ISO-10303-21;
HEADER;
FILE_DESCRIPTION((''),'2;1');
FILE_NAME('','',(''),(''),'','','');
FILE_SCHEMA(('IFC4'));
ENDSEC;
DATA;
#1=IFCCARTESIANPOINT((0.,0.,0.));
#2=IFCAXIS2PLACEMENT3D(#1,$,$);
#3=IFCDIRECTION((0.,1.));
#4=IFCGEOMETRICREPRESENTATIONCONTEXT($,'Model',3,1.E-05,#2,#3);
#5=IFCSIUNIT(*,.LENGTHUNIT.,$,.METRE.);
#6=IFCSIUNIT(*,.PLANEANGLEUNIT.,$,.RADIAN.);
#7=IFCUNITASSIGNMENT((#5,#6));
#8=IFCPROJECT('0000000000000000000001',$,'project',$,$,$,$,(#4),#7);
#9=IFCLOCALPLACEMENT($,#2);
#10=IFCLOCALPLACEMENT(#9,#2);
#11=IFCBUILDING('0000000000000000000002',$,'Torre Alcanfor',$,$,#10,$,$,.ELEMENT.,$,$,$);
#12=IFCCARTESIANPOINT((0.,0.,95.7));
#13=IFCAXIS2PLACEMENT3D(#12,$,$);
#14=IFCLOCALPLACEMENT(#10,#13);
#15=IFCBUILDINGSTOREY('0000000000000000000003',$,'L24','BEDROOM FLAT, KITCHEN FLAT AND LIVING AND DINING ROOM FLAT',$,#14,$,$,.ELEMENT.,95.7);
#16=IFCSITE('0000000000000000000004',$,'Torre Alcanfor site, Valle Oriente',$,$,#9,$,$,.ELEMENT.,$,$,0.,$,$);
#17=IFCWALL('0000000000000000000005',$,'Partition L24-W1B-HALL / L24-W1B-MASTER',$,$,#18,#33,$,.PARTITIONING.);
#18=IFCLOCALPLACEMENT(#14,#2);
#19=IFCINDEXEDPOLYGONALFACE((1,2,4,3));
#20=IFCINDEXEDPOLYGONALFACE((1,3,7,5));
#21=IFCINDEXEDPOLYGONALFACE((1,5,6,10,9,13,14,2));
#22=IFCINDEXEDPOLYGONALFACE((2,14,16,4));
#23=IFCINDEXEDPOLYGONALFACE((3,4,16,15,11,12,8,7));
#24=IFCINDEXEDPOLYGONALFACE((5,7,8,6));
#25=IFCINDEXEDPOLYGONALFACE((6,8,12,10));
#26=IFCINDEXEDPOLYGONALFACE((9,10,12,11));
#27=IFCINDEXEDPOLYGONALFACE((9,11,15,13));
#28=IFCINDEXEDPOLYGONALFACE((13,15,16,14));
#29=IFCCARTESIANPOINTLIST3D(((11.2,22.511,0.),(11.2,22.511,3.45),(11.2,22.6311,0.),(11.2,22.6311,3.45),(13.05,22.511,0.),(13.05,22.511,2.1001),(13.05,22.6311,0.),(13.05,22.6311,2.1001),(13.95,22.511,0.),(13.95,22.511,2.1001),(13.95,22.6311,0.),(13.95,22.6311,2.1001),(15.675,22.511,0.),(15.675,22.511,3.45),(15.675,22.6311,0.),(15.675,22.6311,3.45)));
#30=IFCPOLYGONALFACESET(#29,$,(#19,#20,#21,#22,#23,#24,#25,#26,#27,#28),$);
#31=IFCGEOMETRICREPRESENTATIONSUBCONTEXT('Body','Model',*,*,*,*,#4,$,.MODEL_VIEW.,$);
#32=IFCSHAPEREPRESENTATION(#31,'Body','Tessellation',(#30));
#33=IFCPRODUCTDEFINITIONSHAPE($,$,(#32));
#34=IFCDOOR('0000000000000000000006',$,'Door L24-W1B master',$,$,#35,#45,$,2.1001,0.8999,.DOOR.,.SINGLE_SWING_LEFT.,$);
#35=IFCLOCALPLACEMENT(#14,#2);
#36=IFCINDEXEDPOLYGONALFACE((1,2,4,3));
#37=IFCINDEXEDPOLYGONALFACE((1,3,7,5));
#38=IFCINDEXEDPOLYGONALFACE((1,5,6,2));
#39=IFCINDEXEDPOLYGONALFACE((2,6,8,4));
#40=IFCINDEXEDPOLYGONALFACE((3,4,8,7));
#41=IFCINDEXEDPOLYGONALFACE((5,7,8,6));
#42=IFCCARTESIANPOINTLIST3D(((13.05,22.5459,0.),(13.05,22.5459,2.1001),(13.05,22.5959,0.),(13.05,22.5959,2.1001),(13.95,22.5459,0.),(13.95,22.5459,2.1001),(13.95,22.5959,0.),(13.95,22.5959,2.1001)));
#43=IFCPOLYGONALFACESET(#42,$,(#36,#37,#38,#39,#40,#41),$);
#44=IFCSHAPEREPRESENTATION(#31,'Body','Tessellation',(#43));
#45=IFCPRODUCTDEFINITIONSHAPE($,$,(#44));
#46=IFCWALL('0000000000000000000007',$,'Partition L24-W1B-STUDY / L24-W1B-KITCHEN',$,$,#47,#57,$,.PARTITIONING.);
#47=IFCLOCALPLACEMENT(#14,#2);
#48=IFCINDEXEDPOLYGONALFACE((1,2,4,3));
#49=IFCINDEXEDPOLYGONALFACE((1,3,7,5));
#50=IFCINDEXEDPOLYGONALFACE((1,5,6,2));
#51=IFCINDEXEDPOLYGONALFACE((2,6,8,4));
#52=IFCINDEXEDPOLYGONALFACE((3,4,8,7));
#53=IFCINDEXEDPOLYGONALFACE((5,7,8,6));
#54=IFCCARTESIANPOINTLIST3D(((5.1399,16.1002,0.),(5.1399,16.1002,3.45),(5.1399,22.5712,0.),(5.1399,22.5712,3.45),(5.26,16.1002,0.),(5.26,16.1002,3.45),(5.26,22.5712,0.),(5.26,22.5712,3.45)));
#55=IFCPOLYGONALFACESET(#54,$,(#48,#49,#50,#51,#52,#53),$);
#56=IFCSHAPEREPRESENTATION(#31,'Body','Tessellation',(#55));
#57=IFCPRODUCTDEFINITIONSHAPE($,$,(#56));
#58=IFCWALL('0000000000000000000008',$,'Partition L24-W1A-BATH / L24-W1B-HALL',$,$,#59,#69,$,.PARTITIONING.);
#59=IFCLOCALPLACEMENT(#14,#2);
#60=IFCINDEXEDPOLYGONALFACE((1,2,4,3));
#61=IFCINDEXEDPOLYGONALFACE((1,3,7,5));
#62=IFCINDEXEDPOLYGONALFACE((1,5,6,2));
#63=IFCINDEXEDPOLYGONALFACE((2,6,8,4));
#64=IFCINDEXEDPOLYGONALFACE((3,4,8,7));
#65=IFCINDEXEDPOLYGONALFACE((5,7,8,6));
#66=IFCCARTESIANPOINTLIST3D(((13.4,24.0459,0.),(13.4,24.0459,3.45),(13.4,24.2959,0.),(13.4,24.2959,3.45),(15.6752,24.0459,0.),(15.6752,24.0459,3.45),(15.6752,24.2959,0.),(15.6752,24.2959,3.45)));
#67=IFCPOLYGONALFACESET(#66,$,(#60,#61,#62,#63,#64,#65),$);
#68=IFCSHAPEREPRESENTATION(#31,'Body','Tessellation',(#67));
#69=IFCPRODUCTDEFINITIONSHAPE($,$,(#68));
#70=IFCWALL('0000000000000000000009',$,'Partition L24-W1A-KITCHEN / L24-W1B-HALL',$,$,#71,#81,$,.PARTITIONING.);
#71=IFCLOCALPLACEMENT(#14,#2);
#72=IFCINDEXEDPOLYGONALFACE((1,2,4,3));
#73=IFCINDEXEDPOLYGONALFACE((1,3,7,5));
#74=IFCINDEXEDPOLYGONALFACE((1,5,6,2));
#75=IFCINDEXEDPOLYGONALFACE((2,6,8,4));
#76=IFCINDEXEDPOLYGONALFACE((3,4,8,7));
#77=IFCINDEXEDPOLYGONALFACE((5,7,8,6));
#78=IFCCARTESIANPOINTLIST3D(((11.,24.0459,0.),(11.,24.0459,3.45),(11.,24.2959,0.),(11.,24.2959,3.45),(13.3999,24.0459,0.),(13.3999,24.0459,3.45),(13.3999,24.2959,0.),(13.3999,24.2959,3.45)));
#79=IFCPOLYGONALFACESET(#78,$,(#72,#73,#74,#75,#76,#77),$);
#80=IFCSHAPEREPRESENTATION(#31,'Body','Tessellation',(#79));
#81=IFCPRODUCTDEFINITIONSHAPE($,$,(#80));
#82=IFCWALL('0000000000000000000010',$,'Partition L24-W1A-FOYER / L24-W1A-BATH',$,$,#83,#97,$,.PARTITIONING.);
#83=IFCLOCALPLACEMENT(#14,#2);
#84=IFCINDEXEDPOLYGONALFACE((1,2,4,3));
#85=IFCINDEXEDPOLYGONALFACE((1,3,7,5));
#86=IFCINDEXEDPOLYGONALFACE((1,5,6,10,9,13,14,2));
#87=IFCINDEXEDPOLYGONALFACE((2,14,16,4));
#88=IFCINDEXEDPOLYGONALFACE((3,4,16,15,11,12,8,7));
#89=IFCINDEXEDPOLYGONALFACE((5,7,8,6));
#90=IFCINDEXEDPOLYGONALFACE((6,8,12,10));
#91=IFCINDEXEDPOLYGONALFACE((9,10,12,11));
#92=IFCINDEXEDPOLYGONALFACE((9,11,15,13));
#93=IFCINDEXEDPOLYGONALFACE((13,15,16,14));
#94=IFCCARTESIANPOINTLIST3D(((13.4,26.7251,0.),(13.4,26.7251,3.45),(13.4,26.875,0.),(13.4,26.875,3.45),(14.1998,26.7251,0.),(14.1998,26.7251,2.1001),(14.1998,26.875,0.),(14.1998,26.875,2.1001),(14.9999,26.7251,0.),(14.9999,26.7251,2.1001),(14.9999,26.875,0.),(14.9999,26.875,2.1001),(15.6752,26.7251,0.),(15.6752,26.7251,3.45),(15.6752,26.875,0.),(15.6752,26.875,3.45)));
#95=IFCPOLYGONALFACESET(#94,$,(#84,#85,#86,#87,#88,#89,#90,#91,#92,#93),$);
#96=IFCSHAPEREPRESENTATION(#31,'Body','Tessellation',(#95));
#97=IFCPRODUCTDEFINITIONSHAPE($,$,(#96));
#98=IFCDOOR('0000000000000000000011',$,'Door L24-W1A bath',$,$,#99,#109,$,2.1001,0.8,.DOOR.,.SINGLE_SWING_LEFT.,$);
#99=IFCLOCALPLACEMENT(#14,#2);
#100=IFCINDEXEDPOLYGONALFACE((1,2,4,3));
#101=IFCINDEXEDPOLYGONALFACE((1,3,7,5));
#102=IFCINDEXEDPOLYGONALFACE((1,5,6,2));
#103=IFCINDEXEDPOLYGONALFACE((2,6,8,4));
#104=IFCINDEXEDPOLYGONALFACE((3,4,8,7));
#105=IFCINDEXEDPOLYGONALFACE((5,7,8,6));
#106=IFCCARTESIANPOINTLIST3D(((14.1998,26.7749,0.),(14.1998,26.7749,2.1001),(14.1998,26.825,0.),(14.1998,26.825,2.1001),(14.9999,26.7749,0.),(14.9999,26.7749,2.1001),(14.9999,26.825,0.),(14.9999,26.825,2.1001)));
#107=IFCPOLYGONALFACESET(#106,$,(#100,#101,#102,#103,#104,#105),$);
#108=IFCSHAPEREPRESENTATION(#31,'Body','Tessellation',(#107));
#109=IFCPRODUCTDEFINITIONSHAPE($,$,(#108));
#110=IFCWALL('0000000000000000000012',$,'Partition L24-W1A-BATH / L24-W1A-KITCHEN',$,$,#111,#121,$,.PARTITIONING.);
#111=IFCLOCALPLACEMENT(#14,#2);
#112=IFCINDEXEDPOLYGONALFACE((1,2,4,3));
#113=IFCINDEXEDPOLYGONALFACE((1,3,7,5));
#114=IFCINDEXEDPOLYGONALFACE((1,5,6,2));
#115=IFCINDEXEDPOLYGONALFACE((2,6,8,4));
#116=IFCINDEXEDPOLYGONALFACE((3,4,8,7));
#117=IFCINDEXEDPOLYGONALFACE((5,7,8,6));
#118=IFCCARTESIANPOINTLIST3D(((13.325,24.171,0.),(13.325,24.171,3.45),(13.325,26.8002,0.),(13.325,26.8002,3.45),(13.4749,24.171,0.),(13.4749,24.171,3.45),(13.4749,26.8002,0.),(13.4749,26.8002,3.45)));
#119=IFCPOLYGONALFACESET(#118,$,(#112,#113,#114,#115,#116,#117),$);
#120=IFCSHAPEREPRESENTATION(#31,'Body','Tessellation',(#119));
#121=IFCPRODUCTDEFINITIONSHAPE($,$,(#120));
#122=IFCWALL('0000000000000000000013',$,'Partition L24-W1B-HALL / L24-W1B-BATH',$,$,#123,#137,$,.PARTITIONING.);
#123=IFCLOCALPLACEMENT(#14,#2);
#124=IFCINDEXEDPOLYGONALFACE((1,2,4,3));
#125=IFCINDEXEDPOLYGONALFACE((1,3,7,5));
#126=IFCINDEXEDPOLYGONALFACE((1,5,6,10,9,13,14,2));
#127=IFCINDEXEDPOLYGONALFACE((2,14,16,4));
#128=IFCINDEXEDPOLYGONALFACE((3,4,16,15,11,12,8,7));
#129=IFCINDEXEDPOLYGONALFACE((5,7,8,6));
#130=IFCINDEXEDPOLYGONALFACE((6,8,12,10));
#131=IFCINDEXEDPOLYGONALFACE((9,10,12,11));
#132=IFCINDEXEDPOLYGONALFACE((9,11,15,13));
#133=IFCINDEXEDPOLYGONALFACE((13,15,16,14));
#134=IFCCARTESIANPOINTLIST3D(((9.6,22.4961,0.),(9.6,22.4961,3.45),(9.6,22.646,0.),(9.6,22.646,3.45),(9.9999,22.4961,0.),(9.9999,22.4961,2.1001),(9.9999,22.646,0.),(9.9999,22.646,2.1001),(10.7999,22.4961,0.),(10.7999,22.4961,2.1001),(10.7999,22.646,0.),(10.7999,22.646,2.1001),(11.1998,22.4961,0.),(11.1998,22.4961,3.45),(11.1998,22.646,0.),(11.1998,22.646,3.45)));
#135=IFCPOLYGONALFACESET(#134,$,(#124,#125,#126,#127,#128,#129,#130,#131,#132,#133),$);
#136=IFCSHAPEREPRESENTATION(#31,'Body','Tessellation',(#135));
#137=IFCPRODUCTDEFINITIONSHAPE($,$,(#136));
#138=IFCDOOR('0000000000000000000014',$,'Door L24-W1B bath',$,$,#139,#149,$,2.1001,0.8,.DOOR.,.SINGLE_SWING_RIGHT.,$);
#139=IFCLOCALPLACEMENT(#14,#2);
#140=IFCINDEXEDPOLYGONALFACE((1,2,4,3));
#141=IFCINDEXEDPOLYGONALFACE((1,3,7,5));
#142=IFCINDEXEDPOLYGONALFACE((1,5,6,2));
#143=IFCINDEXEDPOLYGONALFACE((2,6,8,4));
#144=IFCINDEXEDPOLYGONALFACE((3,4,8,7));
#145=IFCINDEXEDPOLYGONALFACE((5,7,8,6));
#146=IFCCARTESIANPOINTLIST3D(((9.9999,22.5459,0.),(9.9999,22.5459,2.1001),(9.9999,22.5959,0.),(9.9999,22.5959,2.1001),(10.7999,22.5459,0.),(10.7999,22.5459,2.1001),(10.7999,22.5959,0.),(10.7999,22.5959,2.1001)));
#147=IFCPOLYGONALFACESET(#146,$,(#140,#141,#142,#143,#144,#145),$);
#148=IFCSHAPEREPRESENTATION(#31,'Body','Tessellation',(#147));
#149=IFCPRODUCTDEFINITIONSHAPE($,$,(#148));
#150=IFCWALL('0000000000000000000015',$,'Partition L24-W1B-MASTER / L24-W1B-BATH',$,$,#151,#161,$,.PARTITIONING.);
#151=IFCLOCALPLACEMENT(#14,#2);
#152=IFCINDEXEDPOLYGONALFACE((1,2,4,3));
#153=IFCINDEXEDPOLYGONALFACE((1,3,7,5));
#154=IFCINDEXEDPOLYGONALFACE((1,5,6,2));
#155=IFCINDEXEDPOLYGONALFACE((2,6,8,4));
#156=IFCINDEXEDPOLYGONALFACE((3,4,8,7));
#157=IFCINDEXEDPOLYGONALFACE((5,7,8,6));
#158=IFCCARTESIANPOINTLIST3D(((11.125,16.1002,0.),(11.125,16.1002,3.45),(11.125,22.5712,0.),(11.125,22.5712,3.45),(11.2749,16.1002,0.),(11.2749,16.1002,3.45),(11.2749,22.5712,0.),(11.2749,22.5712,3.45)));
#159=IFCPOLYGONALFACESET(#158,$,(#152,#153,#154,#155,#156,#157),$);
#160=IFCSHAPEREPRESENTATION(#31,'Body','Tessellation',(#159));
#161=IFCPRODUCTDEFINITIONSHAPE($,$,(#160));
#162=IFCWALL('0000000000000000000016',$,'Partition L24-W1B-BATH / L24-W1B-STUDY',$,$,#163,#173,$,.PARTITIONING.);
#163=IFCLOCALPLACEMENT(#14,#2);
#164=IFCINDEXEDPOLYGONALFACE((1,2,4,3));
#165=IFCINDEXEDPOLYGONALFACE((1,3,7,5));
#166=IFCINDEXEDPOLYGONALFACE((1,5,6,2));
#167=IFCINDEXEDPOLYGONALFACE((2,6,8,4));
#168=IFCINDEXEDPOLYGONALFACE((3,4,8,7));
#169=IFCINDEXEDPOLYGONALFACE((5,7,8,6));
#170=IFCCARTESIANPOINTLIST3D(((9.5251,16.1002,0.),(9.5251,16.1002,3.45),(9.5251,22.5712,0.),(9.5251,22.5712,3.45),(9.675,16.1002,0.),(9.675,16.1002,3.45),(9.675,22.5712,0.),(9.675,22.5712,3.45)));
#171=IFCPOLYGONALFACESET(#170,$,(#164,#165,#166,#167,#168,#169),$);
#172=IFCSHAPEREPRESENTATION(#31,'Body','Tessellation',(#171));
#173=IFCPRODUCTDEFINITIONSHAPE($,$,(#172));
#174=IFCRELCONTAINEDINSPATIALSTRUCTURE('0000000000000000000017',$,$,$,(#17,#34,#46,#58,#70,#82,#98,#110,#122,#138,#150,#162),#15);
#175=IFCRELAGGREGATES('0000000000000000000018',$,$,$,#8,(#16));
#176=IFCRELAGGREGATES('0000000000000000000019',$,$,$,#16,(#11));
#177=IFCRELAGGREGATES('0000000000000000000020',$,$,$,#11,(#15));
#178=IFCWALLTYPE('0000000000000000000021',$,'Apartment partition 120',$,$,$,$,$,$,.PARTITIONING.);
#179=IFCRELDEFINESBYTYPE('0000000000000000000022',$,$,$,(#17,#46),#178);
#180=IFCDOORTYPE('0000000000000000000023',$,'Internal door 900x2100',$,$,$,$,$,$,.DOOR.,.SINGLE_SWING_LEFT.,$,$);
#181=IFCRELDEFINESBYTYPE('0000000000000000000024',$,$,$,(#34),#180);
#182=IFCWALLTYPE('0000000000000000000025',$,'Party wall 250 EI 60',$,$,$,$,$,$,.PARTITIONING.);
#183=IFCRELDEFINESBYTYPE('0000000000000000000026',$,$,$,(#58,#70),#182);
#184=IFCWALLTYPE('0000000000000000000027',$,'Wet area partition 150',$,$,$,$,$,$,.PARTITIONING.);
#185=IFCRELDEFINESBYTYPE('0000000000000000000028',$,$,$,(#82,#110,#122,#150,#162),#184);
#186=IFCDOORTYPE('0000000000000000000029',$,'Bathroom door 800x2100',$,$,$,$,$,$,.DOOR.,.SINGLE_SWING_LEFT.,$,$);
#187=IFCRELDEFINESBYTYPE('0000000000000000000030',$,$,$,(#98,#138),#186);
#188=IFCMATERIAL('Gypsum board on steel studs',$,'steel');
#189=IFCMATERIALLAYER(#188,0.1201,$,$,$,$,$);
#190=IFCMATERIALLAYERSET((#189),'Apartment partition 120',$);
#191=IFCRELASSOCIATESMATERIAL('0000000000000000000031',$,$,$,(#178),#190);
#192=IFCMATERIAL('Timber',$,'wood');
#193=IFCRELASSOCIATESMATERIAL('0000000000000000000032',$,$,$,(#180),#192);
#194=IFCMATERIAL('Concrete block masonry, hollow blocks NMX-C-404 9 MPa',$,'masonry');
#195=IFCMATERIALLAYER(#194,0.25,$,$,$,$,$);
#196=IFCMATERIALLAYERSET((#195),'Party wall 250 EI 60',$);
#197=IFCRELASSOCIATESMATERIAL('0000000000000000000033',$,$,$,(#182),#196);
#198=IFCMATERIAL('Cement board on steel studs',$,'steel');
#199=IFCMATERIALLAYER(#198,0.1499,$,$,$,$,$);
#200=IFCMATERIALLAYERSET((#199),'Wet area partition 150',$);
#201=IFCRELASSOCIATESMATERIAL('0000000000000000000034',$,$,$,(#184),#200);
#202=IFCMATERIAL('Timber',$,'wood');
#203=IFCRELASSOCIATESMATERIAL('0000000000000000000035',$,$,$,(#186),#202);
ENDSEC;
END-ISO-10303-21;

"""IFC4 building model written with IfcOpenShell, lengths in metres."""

from ifc_helpers import new_model, si_unit, direction, frame, frame_2d, origin, place, context, subcontext, project, spatial, rectangle, extrude, material, layer, layer_set, type_object, element, fill, save


model = new_model("IFC4")

# Units and contexts
model_context = context("Model", 3, precision=1e-05, world=origin(), true_north=direction((0.0, 1.0)))
body_context = subcontext(model_context, "Body", "Model", "MODEL_VIEW")
ifc_project = project(units=[si_unit("LENGTHUNIT", "METRE"), si_unit("PLANEANGLEUNIT", "RADIAN")], contexts=[model_context])

# Site, building, storey
site_placement = place(None, origin())
site = spatial("IfcSite", under=ifc_project, at=site_placement, Name="Torre Alcanfor site, Valle Oriente", CompositionType="ELEMENT", RefElevation=0.0)
building_placement = place(site_placement, origin())
building = spatial("IfcBuilding", under=site, at=building_placement, Name="Torre Alcanfor", CompositionType="ELEMENT")
storey_placement = place(building_placement, frame((0.0, 0.0, 95.7)))
storey = spatial("IfcBuildingStorey", under=building, at=storey_placement, Name="L24", Description="BEDROOM FLAT, KITCHEN FLAT AND LIVING AND DINING ROOM FLAT", CompositionType="ELEMENT", Elevation=95.7)

# Wall, opening, door
ifc_material_1 = material(Name="Gypsum board on steel studs", Category="steel")
ifc_layer_1 = layer(ifc_material_1, 0.1201)
ifc_layer_set_1 = layer_set([ifc_layer_1], Name="Apartment partition 120")
wall_type_1 = type_object("IfcWallType", Name="Apartment partition 120", PredefinedType="PARTITIONING", material=ifc_layer_set_1)
wall_1_placement = place(storey_placement, frame((11.2, 22.571, 0.0), z_axis=(0.0, 0.0, 1.0), x_axis=(1.0, 0.0, 0.0)))
wall_1 = element("IfcWall", 1, at=wall_1_placement, inside=storey, type_object=wall_type_1, Name="Partition L24-W1B-HALL / L24-W1B-MASTER", PredefinedType="PARTITIONING", context=body_context, shape_type="SweptSolid", body=[
    extrude(rectangle(XDim=4.4751, YDim=0.1201, at=frame_2d((2.2375, 0.0))), origin(), (0.0, 0.0, 1.0), 3.45),
])
opening_1_placement = place(wall_1_placement, frame((1.8501, 0.0, 0.0)))
opening_1 = element("IfcOpeningElement", 2, at=opening_1_placement, cuts=wall_1, PredefinedType="OPENING", context=body_context, shape_type="SweptSolid", body=[
    extrude(rectangle(XDim=0.8999, YDim=2.1001, at=frame_2d((0.45, 1.05))), frame((0.0, 0.0701, 0.0), z_axis=(0.0, -1.0, 0.0), x_axis=(1.0, 0.0, 0.0)), (0.0, 0.0, 1.0), 0.1401),
])
ifc_material_2 = material(Name="Timber", Category="wood")
door_type_1 = type_object("IfcDoorType", Name="Internal door 900x2100", OperationType="SINGLE_SWING_LEFT", PredefinedType="DOOR", material=ifc_material_2)
door_1_placement = place(opening_1_placement, frame((0.8999, 0.0, 0.0), z_axis=(0.0, 0.0, 1.0), x_axis=(-1.0, 0.0, 0.0)))
door_1 = element("IfcDoor", 3, at=door_1_placement, inside=storey, type_object=door_type_1, Name="Door L24-W1B master", OperationType="SINGLE_SWING_LEFT", OverallHeight=2.1001, OverallWidth=0.8999, PredefinedType="DOOR", context=body_context, shape_type="SweptSolid", body=[
    extrude(rectangle(XDim=0.8999, YDim=2.1001, at=frame_2d((0.45, 1.05))), frame((0.0, 0.0251, 0.0), z_axis=(0.0, -1.0, 0.0), x_axis=(1.0, 0.0, 0.0)), (0.0, 0.0, 1.0), 0.05),
])
fill(opening_1, door_1)

# Walls
wall_2_placement = place(storey_placement, frame((5.2, 22.571, 0.0), z_axis=(0.0, 0.0, 1.0), x_axis=(0.0, -1.0, 0.0)))
element("IfcWall", 4, at=wall_2_placement, inside=storey, type_object=wall_type_1, Name="Partition L24-W1B-STUDY / L24-W1B-KITCHEN", PredefinedType="PARTITIONING", context=body_context, shape_type="SweptSolid", body=[
    extrude(rectangle(XDim=6.4709, YDim=0.1201, at=frame_2d((3.2354, 0.0))), origin(), (0.0, 0.0, 1.0), 3.45),
])
ifc_material_3 = material(Name="Concrete block masonry, hollow blocks NMX-C-404 9 MPa", Category="masonry")
ifc_layer_2 = layer(ifc_material_3, 0.25)
ifc_layer_set_2 = layer_set([ifc_layer_2], Name="Party wall 250 EI 60")
wall_type_2 = type_object("IfcWallType", Name="Party wall 250 EI 60", PredefinedType="PARTITIONING", material=ifc_layer_set_2)
wall_3_placement = place(storey_placement, frame((13.3999, 24.1709, 0.0), z_axis=(0.0, 0.0, 1.0), x_axis=(1.0, 0.0, 0.0)))
element("IfcWall", 5, at=wall_3_placement, inside=storey, type_object=wall_type_2, Name="Partition L24-W1A-BATH / L24-W1B-HALL", PredefinedType="PARTITIONING", context=body_context, shape_type="SweptSolid", body=[
    extrude(rectangle(XDim=2.2751, YDim=0.25, at=frame_2d((1.1377, 0.0))), origin(), (0.0, 0.0, 1.0), 3.45),
])
wall_4_placement = place(storey_placement, frame((11.0, 24.1709, 0.0), z_axis=(0.0, 0.0, 1.0), x_axis=(1.0, 0.0, 0.0)))
element("IfcWall", 6, at=wall_4_placement, inside=storey, type_object=wall_type_2, Name="Partition L24-W1A-KITCHEN / L24-W1B-HALL", PredefinedType="PARTITIONING", context=body_context, shape_type="SweptSolid", body=[
    extrude(rectangle(XDim=2.3999, YDim=0.25, at=frame_2d((1.2, 0.0))), origin(), (0.0, 0.0, 1.0), 3.45),
])

# Wall, opening, door
ifc_material_4 = material(Name="Cement board on steel studs", Category="steel")
ifc_layer_3 = layer(ifc_material_4, 0.1499)
ifc_layer_set_3 = layer_set([ifc_layer_3], Name="Wet area partition 150")
wall_type_3 = type_object("IfcWallType", Name="Wet area partition 150", PredefinedType="PARTITIONING", material=ifc_layer_set_3)
wall_5_placement = place(storey_placement, frame((13.3999, 26.8, 0.0), z_axis=(0.0, 0.0, 1.0), x_axis=(1.0, 0.0, 0.0)))
wall_5 = element("IfcWall", 7, at=wall_5_placement, inside=storey, type_object=wall_type_3, Name="Partition L24-W1A-FOYER / L24-W1A-BATH", PredefinedType="PARTITIONING", context=body_context, shape_type="SweptSolid", body=[
    extrude(rectangle(XDim=2.2751, YDim=0.1499, at=frame_2d((1.1377, 0.0))), origin(), (0.0, 0.0, 1.0), 3.45),
])
opening_2_placement = place(wall_5_placement, frame((0.8, 0.0, 0.0)))
opening_2 = element("IfcOpeningElement", 8, at=opening_2_placement, cuts=wall_5, PredefinedType="OPENING", context=body_context, shape_type="SweptSolid", body=[
    extrude(rectangle(XDim=0.8, YDim=2.1001, at=frame_2d((0.3999, 1.05))), frame((0.0, 0.085, 0.0), z_axis=(0.0, -1.0, 0.0), x_axis=(1.0, 0.0, 0.0)), (0.0, 0.0, 1.0), 0.1699),
])
ifc_material_5 = material(Name="Timber", Category="wood")
door_type_2 = type_object("IfcDoorType", Name="Bathroom door 800x2100", OperationType="SINGLE_SWING_LEFT", PredefinedType="DOOR", material=ifc_material_5)
door_2_placement = place(opening_2_placement, frame((0.8, 0.0, 0.0), z_axis=(0.0, 0.0, 1.0), x_axis=(-1.0, 0.0, 0.0)))
door_2 = element("IfcDoor", 9, at=door_2_placement, inside=storey, type_object=door_type_2, Name="Door L24-W1A bath", OperationType="SINGLE_SWING_LEFT", OverallHeight=2.1001, OverallWidth=0.8, PredefinedType="DOOR", context=body_context, shape_type="SweptSolid", body=[
    extrude(rectangle(XDim=0.8, YDim=2.1001, at=frame_2d((0.4001, 1.05))), frame((0.0, 0.0251, 0.0), z_axis=(0.0, -1.0, 0.0), x_axis=(1.0, 0.0, 0.0)), (0.0, 0.0, 1.0), 0.05),
])
fill(opening_2, door_2)

# Wall
wall_6_placement = place(storey_placement, frame((13.3999, 26.8, 0.0), z_axis=(0.0, 0.0, 1.0), x_axis=(0.0, -1.0, 0.0)))
element("IfcWall", 10, at=wall_6_placement, inside=storey, type_object=wall_type_3, Name="Partition L24-W1A-BATH / L24-W1A-KITCHEN", PredefinedType="PARTITIONING", context=body_context, shape_type="SweptSolid", body=[
    extrude(rectangle(XDim=2.6292, YDim=0.1499, at=frame_2d((1.3145, 0.0))), origin(), (0.0, 0.0, 1.0), 3.45),
])

# Wall, opening, door
wall_7_placement = place(storey_placement, frame((9.6001, 22.571, 0.0), z_axis=(0.0, 0.0, 1.0), x_axis=(1.0, 0.0, 0.0)))
wall_7 = element("IfcWall", 11, at=wall_7_placement, inside=storey, type_object=wall_type_3, Name="Partition L24-W1B-HALL / L24-W1B-BATH", PredefinedType="PARTITIONING", context=body_context, shape_type="SweptSolid", body=[
    extrude(rectangle(XDim=1.5999, YDim=0.1499, at=frame_2d((0.7998, 0.0))), origin(), (0.0, 0.0, 1.0), 3.45),
])
opening_3_placement = place(wall_7_placement, frame((0.3999, 0.0, 0.0)))
opening_3 = element("IfcOpeningElement", 12, at=opening_3_placement, cuts=wall_7, PredefinedType="OPENING", context=body_context, shape_type="SweptSolid", body=[
    extrude(rectangle(XDim=0.8, YDim=2.1001, at=frame_2d((0.3999, 1.05))), frame((0.0, 0.085, 0.0), z_axis=(0.0, -1.0, 0.0), x_axis=(1.0, 0.0, 0.0)), (0.0, 0.0, 1.0), 0.1699),
])
door_3_placement = place(opening_3_placement, frame((0.8, 0.0, 0.0), z_axis=(0.0, 0.0, 1.0), x_axis=(-1.0, 0.0, 0.0)))
door_3 = element("IfcDoor", 13, at=door_3_placement, inside=storey, type_object=door_type_2, Name="Door L24-W1B bath", OperationType="SINGLE_SWING_RIGHT", OverallHeight=2.1001, OverallWidth=0.8, PredefinedType="DOOR", context=body_context, shape_type="SweptSolid", body=[
    extrude(rectangle(XDim=0.8, YDim=2.1001, at=frame_2d((0.4001, 1.05))), frame((0.0, 0.0251, 0.0), z_axis=(0.0, -1.0, 0.0), x_axis=(1.0, 0.0, 0.0)), (0.0, 0.0, 1.0), 0.05),
])
fill(opening_3, door_3)

# Walls
for number, where, z_axis, x_axis, name in (
    (14, (11.2, 22.571, 0.0), (0.0, 0.0, 1.0), (0.0, -1.0, 0.0), "Partition L24-W1B-MASTER / L24-W1B-BATH"),
    (15, (9.6001, 22.571, 0.0), (0.0, 0.0, 1.0), (0.0, -1.0, 0.0), "Partition L24-W1B-BATH / L24-W1B-STUDY"),
):
    element("IfcWall", number, at=place(storey_placement, frame(where, z_axis=z_axis, x_axis=x_axis)), inside=storey, type_object=wall_type_3, Name=name, PredefinedType="PARTITIONING", context=body_context, shape_type="SweptSolid", body=[
        extrude(rectangle(XDim=6.4709, YDim=0.1499, at=frame_2d((3.2354, 0.0))), origin(), (0.0, 0.0, 1.0), 3.45),
    ])

save(model, "model.ifc")
